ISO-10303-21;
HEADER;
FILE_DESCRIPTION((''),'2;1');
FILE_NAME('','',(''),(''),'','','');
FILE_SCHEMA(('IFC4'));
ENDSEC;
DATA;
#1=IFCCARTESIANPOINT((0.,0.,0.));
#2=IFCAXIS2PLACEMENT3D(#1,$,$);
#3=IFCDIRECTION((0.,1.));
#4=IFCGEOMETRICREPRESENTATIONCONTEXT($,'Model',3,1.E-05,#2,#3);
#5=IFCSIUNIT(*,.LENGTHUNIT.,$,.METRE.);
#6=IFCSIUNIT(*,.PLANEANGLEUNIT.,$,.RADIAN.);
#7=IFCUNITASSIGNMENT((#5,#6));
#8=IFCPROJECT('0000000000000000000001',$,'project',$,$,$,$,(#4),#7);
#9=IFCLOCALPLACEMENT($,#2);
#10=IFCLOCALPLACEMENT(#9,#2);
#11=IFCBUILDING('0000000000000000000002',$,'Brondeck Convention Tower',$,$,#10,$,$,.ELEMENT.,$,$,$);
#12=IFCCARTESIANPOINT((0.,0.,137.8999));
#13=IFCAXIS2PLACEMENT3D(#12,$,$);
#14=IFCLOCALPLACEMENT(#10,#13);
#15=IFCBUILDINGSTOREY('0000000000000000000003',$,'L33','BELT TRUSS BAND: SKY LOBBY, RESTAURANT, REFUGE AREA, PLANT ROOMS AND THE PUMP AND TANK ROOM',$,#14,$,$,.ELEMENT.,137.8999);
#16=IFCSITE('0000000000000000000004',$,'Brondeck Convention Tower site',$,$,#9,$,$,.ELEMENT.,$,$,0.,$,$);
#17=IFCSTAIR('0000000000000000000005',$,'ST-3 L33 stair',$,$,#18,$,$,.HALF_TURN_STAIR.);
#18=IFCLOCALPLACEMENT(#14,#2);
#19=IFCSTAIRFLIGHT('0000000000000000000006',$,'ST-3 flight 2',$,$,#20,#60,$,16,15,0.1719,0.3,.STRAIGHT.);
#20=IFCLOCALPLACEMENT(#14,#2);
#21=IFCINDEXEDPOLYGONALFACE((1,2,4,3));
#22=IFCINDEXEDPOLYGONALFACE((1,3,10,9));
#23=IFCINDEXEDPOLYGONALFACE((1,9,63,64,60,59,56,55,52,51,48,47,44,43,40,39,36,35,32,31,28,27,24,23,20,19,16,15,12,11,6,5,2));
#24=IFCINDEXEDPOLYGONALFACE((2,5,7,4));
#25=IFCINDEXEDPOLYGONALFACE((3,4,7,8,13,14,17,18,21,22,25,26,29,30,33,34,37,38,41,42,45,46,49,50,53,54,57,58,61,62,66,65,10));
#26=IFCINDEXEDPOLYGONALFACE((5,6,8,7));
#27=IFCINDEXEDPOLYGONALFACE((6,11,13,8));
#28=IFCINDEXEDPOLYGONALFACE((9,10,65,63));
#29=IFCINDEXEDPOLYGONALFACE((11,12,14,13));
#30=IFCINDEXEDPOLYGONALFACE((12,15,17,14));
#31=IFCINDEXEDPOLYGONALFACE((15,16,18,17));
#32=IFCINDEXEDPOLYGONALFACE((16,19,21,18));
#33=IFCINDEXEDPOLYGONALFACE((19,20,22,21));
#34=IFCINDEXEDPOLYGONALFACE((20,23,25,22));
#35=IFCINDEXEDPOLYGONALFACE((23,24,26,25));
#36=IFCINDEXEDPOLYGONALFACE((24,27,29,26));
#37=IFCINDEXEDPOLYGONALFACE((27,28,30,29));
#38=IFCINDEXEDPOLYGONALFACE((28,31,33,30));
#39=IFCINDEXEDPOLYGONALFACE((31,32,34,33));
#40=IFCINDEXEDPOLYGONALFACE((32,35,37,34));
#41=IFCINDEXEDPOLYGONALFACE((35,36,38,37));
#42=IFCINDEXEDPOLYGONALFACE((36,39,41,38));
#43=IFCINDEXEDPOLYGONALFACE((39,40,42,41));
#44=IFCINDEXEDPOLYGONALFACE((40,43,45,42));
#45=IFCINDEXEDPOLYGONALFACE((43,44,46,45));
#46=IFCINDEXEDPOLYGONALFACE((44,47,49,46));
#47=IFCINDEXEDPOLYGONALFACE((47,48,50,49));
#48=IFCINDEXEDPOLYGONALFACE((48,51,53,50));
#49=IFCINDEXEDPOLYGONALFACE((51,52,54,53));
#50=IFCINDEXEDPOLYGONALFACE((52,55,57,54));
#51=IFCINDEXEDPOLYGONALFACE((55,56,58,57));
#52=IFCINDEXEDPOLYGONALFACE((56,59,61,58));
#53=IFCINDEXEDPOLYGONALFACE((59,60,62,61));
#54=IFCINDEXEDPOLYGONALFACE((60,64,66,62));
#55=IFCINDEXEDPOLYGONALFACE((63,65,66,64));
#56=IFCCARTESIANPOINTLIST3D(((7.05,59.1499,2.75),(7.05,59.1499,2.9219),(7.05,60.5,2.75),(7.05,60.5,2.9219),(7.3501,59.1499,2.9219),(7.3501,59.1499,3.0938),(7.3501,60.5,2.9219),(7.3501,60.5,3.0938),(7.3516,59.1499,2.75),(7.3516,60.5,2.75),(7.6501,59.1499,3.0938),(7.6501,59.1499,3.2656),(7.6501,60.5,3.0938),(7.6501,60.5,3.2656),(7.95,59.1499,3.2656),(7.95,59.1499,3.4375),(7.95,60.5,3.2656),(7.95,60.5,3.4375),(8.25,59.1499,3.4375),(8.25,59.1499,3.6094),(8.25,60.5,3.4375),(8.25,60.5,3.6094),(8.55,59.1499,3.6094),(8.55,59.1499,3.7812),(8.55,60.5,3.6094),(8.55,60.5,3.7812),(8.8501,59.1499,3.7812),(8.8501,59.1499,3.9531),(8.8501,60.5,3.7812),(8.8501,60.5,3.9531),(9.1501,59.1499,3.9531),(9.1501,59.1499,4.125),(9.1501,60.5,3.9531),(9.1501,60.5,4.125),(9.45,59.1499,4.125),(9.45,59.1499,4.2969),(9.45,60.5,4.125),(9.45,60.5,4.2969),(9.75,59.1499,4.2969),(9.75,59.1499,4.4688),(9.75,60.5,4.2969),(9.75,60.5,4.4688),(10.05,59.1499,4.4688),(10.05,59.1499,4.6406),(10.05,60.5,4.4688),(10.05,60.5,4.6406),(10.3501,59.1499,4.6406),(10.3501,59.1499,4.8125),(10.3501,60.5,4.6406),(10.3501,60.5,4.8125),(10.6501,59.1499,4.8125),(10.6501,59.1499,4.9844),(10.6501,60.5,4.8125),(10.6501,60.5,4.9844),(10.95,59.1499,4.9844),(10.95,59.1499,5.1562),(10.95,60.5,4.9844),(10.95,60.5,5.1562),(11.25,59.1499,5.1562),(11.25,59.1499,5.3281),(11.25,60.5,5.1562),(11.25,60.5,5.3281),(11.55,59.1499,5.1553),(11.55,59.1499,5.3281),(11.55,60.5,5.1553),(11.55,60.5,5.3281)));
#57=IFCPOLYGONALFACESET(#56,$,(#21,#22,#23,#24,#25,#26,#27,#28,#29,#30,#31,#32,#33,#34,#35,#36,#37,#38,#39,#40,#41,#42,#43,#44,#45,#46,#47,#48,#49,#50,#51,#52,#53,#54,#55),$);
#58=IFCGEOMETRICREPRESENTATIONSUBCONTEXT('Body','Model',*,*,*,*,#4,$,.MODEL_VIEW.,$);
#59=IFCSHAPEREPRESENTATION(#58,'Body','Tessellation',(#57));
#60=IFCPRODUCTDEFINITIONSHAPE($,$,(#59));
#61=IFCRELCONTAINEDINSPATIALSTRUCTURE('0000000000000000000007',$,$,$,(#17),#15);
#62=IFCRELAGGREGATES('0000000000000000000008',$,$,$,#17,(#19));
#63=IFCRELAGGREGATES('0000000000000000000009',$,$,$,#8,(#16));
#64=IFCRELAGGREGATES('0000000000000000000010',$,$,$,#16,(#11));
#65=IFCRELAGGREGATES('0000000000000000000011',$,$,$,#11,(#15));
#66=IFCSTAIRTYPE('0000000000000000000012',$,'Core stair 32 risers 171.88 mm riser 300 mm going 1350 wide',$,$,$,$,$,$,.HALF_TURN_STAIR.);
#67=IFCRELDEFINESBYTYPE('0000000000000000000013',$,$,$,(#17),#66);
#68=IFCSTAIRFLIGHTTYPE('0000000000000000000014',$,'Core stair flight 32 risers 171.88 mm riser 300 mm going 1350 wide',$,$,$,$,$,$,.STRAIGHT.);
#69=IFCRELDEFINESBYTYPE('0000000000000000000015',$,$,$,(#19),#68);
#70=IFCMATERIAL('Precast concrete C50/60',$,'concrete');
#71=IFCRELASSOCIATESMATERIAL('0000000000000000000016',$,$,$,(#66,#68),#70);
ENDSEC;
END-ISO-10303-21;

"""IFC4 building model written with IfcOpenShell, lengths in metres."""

from ifc_helpers import new_model, si_unit, direction, frame, origin, place, context, subcontext, project, spatial, polyline, outline, extrude, material, type_object, element, aggregate, save


model = new_model("IFC4")

# Units and contexts
model_context = context("Model", 3, precision=1e-05, world=origin(), true_north=direction((0.0, 1.0)))
body_context = subcontext(model_context, "Body", "Model", "MODEL_VIEW")
ifc_project = project(units=[si_unit("LENGTHUNIT", "METRE"), si_unit("PLANEANGLEUNIT", "RADIAN")], contexts=[model_context])

# Site, building, storey
site_placement = place(None, origin())
site = spatial("IfcSite", under=ifc_project, at=site_placement, Name="Brondeck Convention Tower site", CompositionType="ELEMENT", RefElevation=0.0)
building_placement = place(site_placement, origin())
building = spatial("IfcBuilding", under=site, at=building_placement, Name="Brondeck Convention Tower", CompositionType="ELEMENT")
storey_placement = place(building_placement, frame((0.0, 0.0, 137.8999)))
storey = spatial("IfcBuildingStorey", under=building, at=storey_placement, Name="L33", Description="BELT TRUSS BAND: SKY LOBBY, RESTAURANT, REFUGE AREA, PLANT ROOMS AND THE PUMP AND TANK ROOM", CompositionType="ELEMENT", Elevation=137.8999)

# Stair, stair flight
ifc_material_1 = material(Name="Precast concrete C50/60", Category="concrete")
stair_type = type_object("IfcStairType", Name="Core stair 32 risers 171.88 mm riser 300 mm going 1350 wide", PredefinedType="HALF_TURN_STAIR", material=ifc_material_1)
stair_placement = place(storey_placement, origin())
stair = element("IfcStair", 1, at=stair_placement, inside=storey, type_object=stair_type, Name="ST-3 L33 stair", PredefinedType="HALF_TURN_STAIR")
stair_flight_type = type_object("IfcStairFlightType", Name="Core stair flight 32 risers 171.88 mm riser 300 mm going 1350 wide", PredefinedType="STRAIGHT", material=ifc_material_1)
stair_flight_placement = place(storey_placement, frame((7.05, 59.825, 2.75), z_axis=(0.0, 0.0, 1.0), x_axis=(1.0, 0.0, 0.0)))
stair_flight = element("IfcStairFlight", 2, at=stair_flight_placement, type_object=stair_flight_type, Name="ST-3 flight 2", NumberOfRisers=16, NumberOfTreads=15, PredefinedType="STRAIGHT", RiserHeight=0.1719, TreadLength=0.3, context=body_context, shape_type="SweptSolid", body=[
    extrude(outline(polyline([(0.0, 0.0), (0.0, 0.1719), (0.3, 0.1719), (0.3, 0.3438), (0.6001, 0.3438), (0.6001, 0.5156), (0.8999, 0.5156), (0.8999, 0.6875), (1.2, 0.6875), (1.2, 0.8594), (1.5, 0.8594), (1.5, 1.0312), (1.8, 1.0312), (1.8, 1.2031), (2.1001, 1.2031), (2.1001, 1.375), (2.3999, 1.375), (2.3999, 1.5469), (2.7, 1.5469), (2.7, 1.7188), (3.0, 1.7188), (3.0, 1.8906), (3.3, 1.8906), (3.3, 2.0625), (3.6001, 2.0625), (3.6001, 2.2344), (3.8999, 2.2344), (3.8999, 2.4062), (4.2, 2.4062), (4.2, 2.5781), (4.5, 2.5781), (4.5, 2.75), (4.5, 2.4053), (0.3015, 0.0), (0.0, 0.0)])), frame((0.0, 0.675, 0.0), z_axis=(0.0, -1.0, 0.0), x_axis=(1.0, 0.0, 0.0)), (0.0, 0.0, 1.0), 1.3501),
])
aggregate(stair, [stair_flight])

save(model, "model.ifc")
